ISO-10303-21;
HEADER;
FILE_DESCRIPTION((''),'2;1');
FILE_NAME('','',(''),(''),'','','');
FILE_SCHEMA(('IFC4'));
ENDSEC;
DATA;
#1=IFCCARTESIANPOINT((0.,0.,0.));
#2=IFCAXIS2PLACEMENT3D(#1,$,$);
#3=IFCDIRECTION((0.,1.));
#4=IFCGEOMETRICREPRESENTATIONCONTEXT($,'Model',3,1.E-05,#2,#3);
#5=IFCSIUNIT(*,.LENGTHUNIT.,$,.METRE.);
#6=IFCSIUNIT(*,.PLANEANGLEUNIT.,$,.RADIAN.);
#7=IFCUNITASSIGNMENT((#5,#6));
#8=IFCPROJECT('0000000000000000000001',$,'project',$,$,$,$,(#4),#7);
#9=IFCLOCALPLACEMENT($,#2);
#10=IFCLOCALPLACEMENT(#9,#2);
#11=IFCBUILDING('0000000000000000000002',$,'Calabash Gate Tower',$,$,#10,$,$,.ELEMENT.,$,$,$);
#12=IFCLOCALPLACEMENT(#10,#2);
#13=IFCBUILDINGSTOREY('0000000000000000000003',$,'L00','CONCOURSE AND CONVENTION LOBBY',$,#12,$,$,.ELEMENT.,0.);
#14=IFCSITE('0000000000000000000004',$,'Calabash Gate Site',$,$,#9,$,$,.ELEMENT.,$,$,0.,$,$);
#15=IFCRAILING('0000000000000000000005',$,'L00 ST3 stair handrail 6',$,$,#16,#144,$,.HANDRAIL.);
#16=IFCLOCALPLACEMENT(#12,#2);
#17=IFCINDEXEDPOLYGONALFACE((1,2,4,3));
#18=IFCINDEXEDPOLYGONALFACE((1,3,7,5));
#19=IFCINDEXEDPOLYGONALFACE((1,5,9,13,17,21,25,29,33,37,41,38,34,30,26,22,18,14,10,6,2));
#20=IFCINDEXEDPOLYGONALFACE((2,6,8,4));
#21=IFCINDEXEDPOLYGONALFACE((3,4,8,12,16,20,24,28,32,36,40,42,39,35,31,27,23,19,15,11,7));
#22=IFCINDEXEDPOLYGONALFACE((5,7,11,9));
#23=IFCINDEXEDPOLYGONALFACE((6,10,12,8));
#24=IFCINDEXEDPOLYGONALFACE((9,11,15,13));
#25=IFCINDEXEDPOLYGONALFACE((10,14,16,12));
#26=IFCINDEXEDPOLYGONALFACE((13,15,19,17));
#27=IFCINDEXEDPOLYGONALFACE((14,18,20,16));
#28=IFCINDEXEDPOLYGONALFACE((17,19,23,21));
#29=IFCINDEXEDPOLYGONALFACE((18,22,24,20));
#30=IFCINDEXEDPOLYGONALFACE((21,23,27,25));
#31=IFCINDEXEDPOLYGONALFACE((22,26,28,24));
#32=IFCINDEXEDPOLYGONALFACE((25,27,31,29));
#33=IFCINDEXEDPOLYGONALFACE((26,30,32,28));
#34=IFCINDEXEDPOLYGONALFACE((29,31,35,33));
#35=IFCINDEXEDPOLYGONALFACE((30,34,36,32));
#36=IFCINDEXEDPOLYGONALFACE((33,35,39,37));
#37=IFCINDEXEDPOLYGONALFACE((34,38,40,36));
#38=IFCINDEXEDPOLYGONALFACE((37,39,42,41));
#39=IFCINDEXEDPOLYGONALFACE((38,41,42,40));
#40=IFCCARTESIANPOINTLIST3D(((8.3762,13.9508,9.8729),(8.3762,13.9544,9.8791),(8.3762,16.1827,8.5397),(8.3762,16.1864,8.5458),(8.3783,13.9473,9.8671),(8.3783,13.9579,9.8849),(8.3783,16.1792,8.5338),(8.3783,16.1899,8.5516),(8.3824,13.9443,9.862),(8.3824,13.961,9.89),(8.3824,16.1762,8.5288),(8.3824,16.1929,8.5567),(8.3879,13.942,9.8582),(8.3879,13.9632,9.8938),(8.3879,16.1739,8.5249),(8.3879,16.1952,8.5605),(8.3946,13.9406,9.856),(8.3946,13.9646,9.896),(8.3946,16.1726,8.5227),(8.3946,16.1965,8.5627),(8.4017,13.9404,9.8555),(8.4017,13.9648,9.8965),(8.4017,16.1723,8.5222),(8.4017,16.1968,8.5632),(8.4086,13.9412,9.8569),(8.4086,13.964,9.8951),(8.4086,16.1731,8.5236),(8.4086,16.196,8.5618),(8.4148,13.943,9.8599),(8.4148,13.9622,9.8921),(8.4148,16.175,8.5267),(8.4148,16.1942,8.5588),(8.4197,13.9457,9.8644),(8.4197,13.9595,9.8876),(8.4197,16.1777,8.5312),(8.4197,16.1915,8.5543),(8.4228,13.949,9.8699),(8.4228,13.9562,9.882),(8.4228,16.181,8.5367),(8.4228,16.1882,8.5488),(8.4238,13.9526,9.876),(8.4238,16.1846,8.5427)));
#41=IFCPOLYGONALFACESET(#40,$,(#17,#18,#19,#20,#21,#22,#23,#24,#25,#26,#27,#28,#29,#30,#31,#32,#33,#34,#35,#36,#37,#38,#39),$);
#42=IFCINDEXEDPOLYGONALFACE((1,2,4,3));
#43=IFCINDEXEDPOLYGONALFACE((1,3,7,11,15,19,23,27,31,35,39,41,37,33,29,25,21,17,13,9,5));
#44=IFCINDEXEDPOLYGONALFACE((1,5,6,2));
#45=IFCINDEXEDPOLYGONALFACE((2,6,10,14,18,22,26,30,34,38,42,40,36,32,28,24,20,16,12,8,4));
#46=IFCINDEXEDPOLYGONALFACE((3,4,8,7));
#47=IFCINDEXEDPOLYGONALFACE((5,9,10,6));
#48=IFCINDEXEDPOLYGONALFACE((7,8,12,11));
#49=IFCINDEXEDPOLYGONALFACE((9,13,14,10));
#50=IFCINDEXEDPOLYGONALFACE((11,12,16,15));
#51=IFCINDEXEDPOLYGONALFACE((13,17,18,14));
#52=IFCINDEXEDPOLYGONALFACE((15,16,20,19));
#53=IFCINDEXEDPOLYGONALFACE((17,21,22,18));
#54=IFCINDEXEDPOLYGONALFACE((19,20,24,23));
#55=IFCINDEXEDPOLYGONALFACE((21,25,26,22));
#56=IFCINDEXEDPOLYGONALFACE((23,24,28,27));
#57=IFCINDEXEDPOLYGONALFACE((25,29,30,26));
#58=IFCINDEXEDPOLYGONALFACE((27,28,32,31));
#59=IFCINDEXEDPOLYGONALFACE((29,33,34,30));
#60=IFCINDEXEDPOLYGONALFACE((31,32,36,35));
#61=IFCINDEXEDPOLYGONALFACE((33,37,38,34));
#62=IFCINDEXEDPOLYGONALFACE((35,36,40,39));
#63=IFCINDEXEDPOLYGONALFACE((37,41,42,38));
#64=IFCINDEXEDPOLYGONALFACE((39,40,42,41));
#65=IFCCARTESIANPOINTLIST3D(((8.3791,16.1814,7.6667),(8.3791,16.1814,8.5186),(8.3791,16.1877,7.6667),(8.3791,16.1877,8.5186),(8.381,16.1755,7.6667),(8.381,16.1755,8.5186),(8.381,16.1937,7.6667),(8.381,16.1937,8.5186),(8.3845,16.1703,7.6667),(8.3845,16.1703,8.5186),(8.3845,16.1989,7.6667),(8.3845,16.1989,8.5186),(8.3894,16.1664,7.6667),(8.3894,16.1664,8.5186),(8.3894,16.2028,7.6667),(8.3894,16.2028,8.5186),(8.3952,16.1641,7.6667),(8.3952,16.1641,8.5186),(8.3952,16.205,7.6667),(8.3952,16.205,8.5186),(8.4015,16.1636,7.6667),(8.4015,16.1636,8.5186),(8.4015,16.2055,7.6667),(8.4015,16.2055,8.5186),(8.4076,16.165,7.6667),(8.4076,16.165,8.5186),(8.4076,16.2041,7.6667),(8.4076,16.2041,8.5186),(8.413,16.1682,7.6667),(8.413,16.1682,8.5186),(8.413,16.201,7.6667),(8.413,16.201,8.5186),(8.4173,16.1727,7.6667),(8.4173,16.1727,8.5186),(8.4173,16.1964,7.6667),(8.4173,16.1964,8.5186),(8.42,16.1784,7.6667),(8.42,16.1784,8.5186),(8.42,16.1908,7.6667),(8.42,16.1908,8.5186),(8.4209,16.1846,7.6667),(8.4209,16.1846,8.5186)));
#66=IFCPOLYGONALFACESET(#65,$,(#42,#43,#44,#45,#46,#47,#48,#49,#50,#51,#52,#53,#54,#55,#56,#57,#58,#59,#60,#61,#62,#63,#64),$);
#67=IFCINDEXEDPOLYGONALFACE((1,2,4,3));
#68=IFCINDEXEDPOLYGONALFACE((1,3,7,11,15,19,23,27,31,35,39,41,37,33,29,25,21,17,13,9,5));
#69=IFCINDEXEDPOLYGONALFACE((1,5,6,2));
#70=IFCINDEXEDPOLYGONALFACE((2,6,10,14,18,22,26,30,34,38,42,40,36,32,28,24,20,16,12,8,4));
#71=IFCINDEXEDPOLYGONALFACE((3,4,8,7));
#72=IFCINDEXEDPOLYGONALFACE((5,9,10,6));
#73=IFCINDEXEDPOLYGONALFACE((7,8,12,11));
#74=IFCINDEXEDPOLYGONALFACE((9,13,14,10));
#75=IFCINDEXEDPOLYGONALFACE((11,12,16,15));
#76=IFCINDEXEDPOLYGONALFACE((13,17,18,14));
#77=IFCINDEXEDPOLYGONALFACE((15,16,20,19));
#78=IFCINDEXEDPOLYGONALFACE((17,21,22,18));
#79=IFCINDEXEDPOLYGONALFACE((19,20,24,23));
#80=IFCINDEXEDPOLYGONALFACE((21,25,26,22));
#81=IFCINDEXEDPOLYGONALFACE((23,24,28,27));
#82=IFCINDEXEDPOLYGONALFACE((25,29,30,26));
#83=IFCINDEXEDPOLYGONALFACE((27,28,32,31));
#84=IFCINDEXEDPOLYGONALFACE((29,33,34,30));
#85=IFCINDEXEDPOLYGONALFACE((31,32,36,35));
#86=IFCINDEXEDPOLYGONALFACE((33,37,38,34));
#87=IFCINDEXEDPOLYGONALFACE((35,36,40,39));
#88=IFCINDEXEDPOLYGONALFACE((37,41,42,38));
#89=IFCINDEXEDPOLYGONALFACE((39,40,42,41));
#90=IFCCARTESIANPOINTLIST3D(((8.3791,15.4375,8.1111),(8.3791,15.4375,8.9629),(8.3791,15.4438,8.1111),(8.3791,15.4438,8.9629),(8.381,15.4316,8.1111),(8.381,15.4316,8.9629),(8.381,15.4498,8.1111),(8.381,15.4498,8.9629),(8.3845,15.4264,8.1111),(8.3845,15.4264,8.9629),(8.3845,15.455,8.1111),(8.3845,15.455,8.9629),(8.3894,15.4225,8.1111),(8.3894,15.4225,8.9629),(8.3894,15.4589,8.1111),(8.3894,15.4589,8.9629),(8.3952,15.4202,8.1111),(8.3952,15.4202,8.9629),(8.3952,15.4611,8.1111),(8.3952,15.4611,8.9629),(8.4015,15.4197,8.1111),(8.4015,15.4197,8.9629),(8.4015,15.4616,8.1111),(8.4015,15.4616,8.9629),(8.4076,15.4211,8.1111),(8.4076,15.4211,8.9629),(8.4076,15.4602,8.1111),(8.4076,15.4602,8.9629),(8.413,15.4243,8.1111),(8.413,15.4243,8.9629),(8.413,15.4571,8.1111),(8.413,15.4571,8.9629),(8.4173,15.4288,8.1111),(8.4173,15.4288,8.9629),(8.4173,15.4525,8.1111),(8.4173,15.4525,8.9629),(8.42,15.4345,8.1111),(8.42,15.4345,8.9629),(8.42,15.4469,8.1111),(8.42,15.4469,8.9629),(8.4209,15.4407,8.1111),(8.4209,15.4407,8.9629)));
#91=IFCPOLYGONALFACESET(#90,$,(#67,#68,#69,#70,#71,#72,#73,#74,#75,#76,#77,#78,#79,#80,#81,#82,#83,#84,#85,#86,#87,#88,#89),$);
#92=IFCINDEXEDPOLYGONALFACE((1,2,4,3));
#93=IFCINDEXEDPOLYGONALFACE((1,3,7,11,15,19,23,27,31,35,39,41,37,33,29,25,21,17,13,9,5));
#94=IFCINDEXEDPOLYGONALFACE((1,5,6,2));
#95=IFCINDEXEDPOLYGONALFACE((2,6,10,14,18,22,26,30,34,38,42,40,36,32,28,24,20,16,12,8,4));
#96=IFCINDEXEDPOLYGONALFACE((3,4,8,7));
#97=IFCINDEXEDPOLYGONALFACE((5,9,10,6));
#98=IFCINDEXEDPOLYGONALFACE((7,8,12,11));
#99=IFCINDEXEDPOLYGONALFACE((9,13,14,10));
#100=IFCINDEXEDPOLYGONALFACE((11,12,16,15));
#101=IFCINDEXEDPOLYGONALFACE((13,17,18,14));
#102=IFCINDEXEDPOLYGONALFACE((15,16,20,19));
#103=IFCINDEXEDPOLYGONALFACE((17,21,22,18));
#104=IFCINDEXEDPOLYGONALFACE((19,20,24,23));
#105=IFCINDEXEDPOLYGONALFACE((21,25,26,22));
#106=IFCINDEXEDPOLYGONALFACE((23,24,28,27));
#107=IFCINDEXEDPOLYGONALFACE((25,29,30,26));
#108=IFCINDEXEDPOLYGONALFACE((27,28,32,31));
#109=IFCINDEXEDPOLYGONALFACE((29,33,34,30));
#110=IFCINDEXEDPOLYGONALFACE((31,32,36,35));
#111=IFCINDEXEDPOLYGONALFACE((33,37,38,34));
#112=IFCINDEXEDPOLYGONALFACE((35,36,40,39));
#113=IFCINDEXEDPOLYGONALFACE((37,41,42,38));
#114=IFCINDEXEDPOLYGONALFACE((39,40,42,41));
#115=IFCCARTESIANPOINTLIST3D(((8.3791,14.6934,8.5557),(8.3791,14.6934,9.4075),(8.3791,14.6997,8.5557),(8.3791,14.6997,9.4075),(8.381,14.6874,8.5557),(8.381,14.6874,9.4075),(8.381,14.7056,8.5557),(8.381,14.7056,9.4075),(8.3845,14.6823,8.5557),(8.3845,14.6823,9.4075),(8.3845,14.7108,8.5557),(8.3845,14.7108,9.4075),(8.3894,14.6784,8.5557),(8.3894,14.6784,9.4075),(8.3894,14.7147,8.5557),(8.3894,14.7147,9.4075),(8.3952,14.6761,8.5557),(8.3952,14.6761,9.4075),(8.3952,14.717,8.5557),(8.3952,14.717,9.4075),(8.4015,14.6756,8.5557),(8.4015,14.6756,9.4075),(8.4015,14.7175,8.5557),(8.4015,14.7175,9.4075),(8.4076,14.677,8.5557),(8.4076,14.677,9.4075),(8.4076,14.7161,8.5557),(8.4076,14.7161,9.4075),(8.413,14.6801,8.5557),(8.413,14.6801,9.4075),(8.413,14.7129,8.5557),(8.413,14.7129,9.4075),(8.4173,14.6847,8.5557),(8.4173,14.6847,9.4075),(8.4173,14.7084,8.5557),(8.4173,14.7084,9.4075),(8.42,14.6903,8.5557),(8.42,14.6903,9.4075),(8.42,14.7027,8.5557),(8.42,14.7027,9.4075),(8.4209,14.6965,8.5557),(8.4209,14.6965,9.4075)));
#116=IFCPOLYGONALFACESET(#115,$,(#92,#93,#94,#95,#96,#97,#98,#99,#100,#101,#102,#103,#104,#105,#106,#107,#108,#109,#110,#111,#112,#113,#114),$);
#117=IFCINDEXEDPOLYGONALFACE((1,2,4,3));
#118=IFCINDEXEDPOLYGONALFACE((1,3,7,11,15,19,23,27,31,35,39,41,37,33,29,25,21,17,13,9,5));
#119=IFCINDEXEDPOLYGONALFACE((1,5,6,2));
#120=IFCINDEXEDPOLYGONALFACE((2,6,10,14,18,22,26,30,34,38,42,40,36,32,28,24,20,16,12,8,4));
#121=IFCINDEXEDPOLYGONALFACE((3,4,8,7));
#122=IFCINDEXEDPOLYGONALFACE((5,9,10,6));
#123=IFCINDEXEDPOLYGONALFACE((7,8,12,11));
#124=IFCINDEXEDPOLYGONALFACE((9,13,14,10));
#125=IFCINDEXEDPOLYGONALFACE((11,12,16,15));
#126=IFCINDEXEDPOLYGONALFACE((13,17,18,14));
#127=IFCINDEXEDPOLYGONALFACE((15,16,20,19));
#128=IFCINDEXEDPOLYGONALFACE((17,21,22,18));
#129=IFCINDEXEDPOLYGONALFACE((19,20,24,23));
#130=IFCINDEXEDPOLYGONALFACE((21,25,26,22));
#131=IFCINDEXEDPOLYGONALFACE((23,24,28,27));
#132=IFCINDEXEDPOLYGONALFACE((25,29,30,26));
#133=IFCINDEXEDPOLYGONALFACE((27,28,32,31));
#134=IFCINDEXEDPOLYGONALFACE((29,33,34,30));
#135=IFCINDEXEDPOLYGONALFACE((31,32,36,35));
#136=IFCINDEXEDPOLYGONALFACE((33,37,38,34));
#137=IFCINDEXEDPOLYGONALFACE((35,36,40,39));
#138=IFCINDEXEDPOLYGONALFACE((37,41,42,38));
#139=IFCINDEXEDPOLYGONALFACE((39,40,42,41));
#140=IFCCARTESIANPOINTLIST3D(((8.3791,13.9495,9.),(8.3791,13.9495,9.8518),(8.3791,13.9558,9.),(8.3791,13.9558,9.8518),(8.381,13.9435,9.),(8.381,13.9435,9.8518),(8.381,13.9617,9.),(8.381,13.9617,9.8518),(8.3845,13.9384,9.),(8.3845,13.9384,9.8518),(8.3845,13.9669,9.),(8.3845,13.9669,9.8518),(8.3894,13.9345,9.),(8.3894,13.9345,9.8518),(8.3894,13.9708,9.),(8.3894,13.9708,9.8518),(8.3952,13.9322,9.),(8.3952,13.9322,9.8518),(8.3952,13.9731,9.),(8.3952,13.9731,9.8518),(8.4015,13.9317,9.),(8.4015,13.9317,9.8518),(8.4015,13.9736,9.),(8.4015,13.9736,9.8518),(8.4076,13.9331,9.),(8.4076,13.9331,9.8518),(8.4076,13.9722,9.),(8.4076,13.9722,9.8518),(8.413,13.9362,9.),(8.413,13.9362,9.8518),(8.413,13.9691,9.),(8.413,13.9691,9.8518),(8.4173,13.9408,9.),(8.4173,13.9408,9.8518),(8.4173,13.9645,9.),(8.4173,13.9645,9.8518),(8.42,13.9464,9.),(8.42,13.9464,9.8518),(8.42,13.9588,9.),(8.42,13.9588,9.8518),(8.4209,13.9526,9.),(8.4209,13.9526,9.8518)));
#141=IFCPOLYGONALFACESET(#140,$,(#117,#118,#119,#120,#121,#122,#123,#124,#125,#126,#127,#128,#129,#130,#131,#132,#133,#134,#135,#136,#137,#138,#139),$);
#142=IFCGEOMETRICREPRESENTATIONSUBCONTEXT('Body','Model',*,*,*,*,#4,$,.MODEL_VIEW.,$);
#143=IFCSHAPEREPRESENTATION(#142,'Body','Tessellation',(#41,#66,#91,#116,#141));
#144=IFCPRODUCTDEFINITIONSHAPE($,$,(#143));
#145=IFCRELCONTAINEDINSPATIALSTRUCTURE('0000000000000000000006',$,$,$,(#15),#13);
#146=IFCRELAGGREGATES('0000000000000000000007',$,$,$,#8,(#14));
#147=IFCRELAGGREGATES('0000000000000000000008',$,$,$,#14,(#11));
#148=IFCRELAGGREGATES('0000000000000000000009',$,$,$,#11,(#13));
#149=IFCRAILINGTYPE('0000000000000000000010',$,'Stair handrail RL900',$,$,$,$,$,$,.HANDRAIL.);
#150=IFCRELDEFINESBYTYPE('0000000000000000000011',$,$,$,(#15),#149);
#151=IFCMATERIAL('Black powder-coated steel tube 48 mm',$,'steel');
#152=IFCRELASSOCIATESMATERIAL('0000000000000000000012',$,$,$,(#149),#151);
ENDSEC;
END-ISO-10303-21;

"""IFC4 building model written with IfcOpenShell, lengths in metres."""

from ifc_helpers import new_model, si_unit, direction, frame, origin, origin_2d, place, context, subcontext, project, spatial, circle, extrude, material, type_object, element, save


model = new_model("IFC4")

# Units and contexts
model_context = context("Model", 3, precision=1e-05, world=origin(), true_north=direction((0.0, 1.0)))
body_context = subcontext(model_context, "Body", "Model", "MODEL_VIEW")
ifc_project = project(units=[si_unit("LENGTHUNIT", "METRE"), si_unit("PLANEANGLEUNIT", "RADIAN")], contexts=[model_context])

# Site, building, storey
site_placement = place(None, origin())
site = spatial("IfcSite", under=ifc_project, at=site_placement, Name="Calabash Gate Site", CompositionType="ELEMENT", RefElevation=0.0)
building_placement = place(site_placement, origin())
building = spatial("IfcBuilding", under=site, at=building_placement, Name="Calabash Gate Tower", CompositionType="ELEMENT")
storey_placement = place(building_placement, origin())
storey = spatial("IfcBuildingStorey", under=building, at=storey_placement, Name="L00", Description="CONCOURSE AND CONVENTION LOBBY", CompositionType="ELEMENT", Elevation=0.0)

# Railing
ifc_material_1 = material(Name="Black powder-coated steel tube 48 mm", Category="steel")
railing_type = type_object("IfcRailingType", Name="Stair handrail RL900", PredefinedType="HANDRAIL", material=ifc_material_1)
for number, where, name in (
    (1, (8.3999, 16.1846, 7.6667), "L00 ST3 stair handrail 6"),
):
    element("IfcRailing", number, at=place(storey_placement, frame(where)), inside=storey, type_object=railing_type, Name=name, PredefinedType="HANDRAIL", context=body_context, shape_type="SweptSolid", body=[
        extrude(circle(Radius=0.0239, at=origin_2d()), frame((0.0, 0.0, 0.876), z_axis=(0.0, -0.858494, 0.512824), x_axis=(1.0, 0.0, 0.0)), (0.0, 0.0, 1.0), 2.5999),
        extrude(circle(Radius=0.021, at=origin_2d()), origin(), (0.0, 0.0, 1.0), 0.8518),
        extrude(circle(Radius=0.021, at=origin_2d()), frame((0.0, -0.7439, 0.4443)), (0.0, 0.0, 1.0), 0.8518),
        extrude(circle(Radius=0.021, at=origin_2d()), frame((0.0, -1.488, 0.8889)), (0.0, 0.0, 1.0), 0.8518),
        extrude(circle(Radius=0.021, at=origin_2d()), frame((0.0, -2.2319, 1.3333)), (0.0, 0.0, 1.0), 0.8518),
    ])

save(model, "model.ifc")
